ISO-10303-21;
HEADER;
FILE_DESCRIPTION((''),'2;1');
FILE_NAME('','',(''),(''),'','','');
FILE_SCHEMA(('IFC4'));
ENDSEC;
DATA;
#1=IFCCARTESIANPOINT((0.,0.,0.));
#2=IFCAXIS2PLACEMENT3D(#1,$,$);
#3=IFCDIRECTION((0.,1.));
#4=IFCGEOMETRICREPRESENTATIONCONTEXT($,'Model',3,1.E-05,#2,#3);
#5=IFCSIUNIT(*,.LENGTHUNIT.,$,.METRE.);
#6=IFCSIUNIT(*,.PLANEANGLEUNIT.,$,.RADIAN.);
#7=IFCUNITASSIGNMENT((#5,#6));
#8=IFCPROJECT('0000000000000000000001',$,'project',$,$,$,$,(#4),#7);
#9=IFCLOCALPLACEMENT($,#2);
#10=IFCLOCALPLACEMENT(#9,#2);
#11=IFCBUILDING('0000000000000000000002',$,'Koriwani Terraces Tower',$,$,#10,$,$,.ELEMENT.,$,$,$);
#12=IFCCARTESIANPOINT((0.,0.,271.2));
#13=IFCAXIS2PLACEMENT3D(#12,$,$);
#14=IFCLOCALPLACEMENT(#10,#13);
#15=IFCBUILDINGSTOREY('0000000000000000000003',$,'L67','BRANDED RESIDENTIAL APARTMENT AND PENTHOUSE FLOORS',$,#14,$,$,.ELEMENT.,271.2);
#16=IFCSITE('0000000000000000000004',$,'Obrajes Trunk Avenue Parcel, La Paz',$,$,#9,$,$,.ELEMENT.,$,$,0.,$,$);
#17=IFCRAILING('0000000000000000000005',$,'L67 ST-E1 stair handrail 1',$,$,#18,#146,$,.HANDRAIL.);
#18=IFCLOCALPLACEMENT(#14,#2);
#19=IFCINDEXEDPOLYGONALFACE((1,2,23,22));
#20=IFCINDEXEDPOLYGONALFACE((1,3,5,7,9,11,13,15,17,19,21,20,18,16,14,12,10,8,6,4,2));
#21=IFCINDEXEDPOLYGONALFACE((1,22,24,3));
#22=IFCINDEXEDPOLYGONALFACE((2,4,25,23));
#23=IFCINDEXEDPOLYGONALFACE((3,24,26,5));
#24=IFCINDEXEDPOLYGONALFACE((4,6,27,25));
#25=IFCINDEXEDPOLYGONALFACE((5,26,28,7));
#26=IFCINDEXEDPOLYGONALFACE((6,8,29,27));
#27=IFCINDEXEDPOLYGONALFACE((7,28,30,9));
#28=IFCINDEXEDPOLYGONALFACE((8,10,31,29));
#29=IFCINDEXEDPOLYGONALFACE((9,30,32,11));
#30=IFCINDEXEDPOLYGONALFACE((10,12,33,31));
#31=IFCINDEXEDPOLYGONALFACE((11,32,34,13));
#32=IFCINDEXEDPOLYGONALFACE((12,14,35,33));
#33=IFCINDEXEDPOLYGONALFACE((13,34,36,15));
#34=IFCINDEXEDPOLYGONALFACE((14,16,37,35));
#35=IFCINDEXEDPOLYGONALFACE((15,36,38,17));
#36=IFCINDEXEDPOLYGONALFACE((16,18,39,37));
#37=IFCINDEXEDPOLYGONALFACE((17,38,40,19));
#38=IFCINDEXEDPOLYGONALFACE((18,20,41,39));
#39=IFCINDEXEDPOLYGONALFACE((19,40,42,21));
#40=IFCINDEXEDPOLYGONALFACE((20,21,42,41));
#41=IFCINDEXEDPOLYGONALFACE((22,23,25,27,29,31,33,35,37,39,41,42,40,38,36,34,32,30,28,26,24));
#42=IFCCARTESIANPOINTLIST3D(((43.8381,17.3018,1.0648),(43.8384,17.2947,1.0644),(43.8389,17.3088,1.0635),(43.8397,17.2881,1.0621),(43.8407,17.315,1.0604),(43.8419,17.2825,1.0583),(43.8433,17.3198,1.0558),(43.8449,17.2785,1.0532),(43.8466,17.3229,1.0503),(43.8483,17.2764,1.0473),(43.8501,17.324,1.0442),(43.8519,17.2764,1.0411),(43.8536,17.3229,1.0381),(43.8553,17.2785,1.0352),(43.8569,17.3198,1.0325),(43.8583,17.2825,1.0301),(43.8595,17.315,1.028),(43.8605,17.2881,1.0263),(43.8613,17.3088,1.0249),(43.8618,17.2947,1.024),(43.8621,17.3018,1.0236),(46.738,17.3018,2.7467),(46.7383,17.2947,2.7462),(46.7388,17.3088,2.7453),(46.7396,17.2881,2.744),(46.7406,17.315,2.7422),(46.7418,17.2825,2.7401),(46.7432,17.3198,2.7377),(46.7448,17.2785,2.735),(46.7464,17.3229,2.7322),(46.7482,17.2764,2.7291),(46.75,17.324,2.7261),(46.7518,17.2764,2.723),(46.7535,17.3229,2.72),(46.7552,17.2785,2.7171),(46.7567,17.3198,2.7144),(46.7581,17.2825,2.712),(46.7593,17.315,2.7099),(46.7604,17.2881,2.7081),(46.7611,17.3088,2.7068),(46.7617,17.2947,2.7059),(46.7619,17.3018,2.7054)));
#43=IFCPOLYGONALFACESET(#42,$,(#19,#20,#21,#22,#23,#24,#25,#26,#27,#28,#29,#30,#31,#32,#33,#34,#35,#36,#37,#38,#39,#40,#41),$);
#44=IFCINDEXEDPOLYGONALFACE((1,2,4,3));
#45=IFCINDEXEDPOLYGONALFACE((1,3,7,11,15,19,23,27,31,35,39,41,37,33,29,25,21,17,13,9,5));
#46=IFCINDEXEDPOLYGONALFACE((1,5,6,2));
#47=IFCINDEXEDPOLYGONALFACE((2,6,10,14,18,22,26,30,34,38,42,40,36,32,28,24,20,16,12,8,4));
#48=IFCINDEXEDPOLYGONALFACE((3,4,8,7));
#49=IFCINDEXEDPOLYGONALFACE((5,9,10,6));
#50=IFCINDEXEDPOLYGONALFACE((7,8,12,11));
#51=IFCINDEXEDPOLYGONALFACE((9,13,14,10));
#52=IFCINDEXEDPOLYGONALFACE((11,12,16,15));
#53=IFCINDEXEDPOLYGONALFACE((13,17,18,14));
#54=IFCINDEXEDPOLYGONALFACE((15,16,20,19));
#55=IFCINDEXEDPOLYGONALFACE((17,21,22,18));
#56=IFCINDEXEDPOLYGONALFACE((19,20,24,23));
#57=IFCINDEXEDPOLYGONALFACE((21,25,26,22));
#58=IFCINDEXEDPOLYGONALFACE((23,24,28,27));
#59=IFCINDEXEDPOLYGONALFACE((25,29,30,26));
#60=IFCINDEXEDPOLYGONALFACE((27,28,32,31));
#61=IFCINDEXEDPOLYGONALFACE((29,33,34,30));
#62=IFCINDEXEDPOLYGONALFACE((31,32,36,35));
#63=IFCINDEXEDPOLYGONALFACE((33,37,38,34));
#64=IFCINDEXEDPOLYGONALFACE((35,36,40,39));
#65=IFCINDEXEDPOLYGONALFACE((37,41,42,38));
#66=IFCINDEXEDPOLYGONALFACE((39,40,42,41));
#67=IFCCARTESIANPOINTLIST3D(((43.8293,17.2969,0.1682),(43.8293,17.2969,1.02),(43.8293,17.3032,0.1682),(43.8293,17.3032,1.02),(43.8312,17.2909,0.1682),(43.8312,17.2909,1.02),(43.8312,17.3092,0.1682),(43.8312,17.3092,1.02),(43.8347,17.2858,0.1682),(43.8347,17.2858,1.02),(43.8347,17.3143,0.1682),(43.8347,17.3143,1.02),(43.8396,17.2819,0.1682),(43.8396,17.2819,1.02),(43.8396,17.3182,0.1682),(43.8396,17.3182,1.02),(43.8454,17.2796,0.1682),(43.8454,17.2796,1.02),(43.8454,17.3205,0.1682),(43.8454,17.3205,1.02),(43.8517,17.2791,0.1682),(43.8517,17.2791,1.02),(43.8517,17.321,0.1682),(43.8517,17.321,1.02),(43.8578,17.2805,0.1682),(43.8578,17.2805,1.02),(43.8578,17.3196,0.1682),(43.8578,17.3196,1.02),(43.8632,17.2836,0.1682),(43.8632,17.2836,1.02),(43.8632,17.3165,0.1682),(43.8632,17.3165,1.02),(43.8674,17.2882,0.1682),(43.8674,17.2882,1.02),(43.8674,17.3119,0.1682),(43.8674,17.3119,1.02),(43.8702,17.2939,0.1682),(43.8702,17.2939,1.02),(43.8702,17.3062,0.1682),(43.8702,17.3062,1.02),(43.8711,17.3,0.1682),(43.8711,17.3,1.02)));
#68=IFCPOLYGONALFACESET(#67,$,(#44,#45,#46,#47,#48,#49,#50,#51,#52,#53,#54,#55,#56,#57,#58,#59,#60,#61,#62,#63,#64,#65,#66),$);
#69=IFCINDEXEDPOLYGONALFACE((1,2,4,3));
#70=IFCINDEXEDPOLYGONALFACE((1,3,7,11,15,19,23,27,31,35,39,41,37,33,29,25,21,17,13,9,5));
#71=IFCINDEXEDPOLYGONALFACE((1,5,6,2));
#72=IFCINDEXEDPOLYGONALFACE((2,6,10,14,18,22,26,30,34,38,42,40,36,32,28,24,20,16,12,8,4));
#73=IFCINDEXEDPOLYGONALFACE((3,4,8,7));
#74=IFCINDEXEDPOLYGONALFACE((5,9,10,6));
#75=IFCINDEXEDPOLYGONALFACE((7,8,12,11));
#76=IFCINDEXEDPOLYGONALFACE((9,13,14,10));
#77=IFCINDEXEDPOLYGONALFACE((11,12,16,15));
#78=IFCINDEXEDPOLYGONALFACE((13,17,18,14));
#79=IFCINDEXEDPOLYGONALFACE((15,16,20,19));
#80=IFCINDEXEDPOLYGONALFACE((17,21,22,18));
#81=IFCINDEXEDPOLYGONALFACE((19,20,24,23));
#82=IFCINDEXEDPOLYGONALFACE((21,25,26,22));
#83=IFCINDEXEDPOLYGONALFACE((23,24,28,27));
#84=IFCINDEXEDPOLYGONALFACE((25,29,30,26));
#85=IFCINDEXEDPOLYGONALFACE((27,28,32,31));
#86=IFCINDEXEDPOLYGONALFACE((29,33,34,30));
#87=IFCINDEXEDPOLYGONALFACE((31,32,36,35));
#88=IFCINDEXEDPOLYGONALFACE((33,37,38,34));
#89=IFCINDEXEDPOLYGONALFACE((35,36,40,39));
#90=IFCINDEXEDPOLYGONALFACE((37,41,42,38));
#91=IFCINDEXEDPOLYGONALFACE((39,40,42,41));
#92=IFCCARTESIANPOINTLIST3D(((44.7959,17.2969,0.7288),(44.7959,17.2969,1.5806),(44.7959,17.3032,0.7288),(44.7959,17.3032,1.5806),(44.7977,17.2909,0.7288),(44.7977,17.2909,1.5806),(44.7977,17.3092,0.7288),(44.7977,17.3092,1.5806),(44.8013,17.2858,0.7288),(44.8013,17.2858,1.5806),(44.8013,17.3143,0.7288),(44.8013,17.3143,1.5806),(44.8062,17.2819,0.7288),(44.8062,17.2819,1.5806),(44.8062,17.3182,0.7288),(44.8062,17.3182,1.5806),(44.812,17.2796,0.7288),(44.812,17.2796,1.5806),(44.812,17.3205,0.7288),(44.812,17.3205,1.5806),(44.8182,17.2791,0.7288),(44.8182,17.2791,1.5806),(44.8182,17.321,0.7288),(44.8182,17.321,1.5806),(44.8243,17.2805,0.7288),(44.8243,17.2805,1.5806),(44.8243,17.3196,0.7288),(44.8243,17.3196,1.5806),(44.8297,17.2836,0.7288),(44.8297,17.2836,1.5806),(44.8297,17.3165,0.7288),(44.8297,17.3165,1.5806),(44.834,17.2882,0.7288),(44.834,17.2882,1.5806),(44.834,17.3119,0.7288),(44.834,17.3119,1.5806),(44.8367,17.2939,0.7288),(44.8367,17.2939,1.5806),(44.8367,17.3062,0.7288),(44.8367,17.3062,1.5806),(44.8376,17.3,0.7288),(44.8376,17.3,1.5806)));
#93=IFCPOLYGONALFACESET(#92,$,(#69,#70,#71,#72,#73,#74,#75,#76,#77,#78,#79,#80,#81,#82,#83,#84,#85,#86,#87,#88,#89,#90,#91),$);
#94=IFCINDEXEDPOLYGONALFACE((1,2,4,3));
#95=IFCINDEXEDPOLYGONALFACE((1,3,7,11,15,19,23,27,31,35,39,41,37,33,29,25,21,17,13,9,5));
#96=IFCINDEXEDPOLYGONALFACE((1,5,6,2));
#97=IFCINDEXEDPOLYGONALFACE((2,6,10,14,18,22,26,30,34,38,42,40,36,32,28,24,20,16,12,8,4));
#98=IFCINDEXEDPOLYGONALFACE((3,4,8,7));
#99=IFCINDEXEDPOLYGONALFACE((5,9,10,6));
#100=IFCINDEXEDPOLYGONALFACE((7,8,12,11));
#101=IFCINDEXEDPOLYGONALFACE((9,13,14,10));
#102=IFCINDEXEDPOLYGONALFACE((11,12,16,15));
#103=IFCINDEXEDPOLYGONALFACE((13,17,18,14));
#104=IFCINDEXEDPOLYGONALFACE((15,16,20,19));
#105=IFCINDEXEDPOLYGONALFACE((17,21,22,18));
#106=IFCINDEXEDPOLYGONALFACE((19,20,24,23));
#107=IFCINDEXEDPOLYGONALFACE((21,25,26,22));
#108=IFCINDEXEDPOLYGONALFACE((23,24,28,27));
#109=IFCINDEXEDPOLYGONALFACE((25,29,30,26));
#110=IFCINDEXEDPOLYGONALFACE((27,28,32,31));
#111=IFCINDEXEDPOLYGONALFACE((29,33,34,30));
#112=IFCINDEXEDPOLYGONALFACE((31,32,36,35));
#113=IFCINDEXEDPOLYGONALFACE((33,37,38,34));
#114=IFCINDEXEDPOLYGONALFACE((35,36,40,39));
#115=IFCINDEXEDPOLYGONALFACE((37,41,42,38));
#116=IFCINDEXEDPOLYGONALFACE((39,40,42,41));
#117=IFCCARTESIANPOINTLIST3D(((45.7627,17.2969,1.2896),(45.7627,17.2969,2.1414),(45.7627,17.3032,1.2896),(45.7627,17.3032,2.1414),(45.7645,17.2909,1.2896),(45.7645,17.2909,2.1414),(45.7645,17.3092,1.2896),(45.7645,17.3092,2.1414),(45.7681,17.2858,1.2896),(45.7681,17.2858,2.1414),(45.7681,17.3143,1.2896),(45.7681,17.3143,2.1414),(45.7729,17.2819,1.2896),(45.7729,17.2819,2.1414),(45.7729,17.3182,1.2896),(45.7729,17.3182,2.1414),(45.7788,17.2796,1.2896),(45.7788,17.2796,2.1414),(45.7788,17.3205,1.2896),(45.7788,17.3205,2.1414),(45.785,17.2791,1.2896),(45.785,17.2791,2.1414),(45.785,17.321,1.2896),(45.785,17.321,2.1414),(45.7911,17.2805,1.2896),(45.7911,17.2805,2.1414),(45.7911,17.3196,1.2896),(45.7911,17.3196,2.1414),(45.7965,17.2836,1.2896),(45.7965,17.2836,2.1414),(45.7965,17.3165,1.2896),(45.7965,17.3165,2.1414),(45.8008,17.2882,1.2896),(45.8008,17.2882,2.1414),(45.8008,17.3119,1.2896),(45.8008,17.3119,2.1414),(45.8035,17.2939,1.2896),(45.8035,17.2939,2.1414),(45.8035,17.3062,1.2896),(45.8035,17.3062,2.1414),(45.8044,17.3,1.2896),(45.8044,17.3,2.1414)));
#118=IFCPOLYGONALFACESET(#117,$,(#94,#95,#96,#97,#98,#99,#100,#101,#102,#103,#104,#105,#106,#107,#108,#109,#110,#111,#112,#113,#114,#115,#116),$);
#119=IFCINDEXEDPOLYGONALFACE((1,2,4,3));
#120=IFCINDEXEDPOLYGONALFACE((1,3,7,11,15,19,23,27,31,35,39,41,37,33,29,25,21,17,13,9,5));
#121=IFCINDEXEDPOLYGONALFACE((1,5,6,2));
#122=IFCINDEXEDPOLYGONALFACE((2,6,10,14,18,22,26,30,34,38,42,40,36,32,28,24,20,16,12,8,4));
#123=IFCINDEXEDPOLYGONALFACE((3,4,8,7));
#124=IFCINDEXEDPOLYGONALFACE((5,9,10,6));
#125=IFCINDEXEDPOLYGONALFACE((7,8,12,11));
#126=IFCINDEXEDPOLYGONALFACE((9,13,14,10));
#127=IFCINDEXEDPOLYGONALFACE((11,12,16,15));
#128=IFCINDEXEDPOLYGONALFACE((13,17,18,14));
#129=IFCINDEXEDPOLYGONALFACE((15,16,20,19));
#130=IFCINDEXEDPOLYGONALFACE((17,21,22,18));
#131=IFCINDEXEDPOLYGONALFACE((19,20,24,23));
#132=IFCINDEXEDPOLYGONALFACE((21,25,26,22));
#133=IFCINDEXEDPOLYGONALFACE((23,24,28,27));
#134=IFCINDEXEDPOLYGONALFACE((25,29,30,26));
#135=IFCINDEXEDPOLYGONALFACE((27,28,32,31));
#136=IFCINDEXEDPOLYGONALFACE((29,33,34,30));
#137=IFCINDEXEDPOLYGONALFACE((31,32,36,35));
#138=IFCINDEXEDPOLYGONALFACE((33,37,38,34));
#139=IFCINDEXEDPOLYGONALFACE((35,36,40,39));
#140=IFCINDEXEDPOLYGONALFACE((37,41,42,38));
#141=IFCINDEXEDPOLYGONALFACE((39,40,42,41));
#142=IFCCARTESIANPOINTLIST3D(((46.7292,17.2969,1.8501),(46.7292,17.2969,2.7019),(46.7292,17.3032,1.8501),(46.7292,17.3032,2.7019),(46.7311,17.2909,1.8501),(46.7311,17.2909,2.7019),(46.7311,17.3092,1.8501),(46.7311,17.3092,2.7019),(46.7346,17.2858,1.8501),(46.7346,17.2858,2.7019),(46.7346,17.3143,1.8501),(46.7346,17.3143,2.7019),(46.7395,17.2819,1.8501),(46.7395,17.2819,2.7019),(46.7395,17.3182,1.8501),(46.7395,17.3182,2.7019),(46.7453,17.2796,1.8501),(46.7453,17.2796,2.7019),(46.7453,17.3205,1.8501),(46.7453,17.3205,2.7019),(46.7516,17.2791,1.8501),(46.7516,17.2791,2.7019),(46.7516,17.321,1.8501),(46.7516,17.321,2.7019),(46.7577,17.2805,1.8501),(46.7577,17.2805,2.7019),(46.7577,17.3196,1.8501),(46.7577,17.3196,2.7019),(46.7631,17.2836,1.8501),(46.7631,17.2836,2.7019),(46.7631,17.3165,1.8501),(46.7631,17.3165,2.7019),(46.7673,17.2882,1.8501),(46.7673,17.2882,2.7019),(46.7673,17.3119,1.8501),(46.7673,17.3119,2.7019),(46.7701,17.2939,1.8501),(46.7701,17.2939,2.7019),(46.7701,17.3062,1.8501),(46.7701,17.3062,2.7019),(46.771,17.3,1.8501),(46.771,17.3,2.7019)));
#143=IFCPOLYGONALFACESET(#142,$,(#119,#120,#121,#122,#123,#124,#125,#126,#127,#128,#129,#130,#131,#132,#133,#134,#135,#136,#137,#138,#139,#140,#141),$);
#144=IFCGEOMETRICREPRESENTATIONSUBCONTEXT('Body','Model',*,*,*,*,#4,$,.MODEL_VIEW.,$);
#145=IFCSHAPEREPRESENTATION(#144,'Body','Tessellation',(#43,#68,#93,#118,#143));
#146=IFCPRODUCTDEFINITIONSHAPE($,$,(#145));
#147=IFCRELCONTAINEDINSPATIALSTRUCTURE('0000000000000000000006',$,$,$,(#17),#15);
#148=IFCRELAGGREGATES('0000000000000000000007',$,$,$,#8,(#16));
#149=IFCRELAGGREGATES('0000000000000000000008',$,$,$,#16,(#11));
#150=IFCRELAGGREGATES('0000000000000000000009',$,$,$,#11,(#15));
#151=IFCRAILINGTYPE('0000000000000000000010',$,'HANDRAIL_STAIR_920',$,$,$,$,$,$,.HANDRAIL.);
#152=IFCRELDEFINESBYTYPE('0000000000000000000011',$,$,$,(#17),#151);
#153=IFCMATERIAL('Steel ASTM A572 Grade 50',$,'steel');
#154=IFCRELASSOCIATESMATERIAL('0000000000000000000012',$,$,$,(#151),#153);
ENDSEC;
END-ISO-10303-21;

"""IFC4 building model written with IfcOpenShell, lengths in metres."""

from ifc_helpers import new_model, si_unit, direction, frame, origin, origin_2d, place, context, subcontext, project, spatial, circle, extrude, material, type_object, element, save


model = new_model("IFC4")

# Units and contexts
model_context = context("Model", 3, precision=1e-05, world=origin(), true_north=direction((0.0, 1.0)))
body_context = subcontext(model_context, "Body", "Model", "MODEL_VIEW")
ifc_project = project(units=[si_unit("LENGTHUNIT", "METRE"), si_unit("PLANEANGLEUNIT", "RADIAN")], contexts=[model_context])

# Site, building, storey
site_placement = place(None, origin())
site = spatial("IfcSite", under=ifc_project, at=site_placement, Name="Obrajes Trunk Avenue Parcel, La Paz", CompositionType="ELEMENT", RefElevation=0.0)
building_placement = place(site_placement, origin())
building = spatial("IfcBuilding", under=site, at=building_placement, Name="Koriwani Terraces Tower", CompositionType="ELEMENT")
storey_placement = place(building_placement, frame((0.0, 0.0, 271.2)))
storey = spatial("IfcBuildingStorey", under=building, at=storey_placement, Name="L67", Description="BRANDED RESIDENTIAL APARTMENT AND PENTHOUSE FLOORS", CompositionType="ELEMENT", Elevation=271.2)

# Shared definitions
ifc_material_1 = material(Name="Steel ASTM A572 Grade 50", Category="steel")

# Railing
railing_type_1 = type_object("IfcRailingType", Name="HANDRAIL_STAIR_920", PredefinedType="HANDRAIL", material=ifc_material_1)
railing_1_placement = place(storey_placement, frame((43.8501, 17.3, 0.1682)))
element("IfcRailing", 1, at=railing_1_placement, inside=storey, type_object=railing_type_1, Name="L67 ST-E1 stair handrail 1", PredefinedType="HANDRAIL", context=body_context, shape_type="SweptSolid", body=[
    extrude(circle(Radius=0.0239, at=origin_2d()), frame((0.0, 0.0, 0.876), z_axis=(0.865039, 0.0, 0.501705), x_axis=(0.0, 1.0, 0.0)), (0.0, 0.0, 1.0), 3.3523),
    extrude(circle(Radius=0.021, at=origin_2d()), origin(), (0.0, 0.0, 1.0), 0.8518),
    extrude(circle(Radius=0.021, at=origin_2d()), frame((0.9666, 0.0, 0.5605)), (0.0, 0.0, 1.0), 0.8518),
    extrude(circle(Radius=0.021, at=origin_2d()), frame((1.9333, 0.0, 1.1213)), (0.0, 0.0, 1.0), 0.8518),
    extrude(circle(Radius=0.021, at=origin_2d()), frame((2.8999, 0.0, 1.6819)), (0.0, 0.0, 1.0), 0.8518),
])

save(model, "model.ifc")
